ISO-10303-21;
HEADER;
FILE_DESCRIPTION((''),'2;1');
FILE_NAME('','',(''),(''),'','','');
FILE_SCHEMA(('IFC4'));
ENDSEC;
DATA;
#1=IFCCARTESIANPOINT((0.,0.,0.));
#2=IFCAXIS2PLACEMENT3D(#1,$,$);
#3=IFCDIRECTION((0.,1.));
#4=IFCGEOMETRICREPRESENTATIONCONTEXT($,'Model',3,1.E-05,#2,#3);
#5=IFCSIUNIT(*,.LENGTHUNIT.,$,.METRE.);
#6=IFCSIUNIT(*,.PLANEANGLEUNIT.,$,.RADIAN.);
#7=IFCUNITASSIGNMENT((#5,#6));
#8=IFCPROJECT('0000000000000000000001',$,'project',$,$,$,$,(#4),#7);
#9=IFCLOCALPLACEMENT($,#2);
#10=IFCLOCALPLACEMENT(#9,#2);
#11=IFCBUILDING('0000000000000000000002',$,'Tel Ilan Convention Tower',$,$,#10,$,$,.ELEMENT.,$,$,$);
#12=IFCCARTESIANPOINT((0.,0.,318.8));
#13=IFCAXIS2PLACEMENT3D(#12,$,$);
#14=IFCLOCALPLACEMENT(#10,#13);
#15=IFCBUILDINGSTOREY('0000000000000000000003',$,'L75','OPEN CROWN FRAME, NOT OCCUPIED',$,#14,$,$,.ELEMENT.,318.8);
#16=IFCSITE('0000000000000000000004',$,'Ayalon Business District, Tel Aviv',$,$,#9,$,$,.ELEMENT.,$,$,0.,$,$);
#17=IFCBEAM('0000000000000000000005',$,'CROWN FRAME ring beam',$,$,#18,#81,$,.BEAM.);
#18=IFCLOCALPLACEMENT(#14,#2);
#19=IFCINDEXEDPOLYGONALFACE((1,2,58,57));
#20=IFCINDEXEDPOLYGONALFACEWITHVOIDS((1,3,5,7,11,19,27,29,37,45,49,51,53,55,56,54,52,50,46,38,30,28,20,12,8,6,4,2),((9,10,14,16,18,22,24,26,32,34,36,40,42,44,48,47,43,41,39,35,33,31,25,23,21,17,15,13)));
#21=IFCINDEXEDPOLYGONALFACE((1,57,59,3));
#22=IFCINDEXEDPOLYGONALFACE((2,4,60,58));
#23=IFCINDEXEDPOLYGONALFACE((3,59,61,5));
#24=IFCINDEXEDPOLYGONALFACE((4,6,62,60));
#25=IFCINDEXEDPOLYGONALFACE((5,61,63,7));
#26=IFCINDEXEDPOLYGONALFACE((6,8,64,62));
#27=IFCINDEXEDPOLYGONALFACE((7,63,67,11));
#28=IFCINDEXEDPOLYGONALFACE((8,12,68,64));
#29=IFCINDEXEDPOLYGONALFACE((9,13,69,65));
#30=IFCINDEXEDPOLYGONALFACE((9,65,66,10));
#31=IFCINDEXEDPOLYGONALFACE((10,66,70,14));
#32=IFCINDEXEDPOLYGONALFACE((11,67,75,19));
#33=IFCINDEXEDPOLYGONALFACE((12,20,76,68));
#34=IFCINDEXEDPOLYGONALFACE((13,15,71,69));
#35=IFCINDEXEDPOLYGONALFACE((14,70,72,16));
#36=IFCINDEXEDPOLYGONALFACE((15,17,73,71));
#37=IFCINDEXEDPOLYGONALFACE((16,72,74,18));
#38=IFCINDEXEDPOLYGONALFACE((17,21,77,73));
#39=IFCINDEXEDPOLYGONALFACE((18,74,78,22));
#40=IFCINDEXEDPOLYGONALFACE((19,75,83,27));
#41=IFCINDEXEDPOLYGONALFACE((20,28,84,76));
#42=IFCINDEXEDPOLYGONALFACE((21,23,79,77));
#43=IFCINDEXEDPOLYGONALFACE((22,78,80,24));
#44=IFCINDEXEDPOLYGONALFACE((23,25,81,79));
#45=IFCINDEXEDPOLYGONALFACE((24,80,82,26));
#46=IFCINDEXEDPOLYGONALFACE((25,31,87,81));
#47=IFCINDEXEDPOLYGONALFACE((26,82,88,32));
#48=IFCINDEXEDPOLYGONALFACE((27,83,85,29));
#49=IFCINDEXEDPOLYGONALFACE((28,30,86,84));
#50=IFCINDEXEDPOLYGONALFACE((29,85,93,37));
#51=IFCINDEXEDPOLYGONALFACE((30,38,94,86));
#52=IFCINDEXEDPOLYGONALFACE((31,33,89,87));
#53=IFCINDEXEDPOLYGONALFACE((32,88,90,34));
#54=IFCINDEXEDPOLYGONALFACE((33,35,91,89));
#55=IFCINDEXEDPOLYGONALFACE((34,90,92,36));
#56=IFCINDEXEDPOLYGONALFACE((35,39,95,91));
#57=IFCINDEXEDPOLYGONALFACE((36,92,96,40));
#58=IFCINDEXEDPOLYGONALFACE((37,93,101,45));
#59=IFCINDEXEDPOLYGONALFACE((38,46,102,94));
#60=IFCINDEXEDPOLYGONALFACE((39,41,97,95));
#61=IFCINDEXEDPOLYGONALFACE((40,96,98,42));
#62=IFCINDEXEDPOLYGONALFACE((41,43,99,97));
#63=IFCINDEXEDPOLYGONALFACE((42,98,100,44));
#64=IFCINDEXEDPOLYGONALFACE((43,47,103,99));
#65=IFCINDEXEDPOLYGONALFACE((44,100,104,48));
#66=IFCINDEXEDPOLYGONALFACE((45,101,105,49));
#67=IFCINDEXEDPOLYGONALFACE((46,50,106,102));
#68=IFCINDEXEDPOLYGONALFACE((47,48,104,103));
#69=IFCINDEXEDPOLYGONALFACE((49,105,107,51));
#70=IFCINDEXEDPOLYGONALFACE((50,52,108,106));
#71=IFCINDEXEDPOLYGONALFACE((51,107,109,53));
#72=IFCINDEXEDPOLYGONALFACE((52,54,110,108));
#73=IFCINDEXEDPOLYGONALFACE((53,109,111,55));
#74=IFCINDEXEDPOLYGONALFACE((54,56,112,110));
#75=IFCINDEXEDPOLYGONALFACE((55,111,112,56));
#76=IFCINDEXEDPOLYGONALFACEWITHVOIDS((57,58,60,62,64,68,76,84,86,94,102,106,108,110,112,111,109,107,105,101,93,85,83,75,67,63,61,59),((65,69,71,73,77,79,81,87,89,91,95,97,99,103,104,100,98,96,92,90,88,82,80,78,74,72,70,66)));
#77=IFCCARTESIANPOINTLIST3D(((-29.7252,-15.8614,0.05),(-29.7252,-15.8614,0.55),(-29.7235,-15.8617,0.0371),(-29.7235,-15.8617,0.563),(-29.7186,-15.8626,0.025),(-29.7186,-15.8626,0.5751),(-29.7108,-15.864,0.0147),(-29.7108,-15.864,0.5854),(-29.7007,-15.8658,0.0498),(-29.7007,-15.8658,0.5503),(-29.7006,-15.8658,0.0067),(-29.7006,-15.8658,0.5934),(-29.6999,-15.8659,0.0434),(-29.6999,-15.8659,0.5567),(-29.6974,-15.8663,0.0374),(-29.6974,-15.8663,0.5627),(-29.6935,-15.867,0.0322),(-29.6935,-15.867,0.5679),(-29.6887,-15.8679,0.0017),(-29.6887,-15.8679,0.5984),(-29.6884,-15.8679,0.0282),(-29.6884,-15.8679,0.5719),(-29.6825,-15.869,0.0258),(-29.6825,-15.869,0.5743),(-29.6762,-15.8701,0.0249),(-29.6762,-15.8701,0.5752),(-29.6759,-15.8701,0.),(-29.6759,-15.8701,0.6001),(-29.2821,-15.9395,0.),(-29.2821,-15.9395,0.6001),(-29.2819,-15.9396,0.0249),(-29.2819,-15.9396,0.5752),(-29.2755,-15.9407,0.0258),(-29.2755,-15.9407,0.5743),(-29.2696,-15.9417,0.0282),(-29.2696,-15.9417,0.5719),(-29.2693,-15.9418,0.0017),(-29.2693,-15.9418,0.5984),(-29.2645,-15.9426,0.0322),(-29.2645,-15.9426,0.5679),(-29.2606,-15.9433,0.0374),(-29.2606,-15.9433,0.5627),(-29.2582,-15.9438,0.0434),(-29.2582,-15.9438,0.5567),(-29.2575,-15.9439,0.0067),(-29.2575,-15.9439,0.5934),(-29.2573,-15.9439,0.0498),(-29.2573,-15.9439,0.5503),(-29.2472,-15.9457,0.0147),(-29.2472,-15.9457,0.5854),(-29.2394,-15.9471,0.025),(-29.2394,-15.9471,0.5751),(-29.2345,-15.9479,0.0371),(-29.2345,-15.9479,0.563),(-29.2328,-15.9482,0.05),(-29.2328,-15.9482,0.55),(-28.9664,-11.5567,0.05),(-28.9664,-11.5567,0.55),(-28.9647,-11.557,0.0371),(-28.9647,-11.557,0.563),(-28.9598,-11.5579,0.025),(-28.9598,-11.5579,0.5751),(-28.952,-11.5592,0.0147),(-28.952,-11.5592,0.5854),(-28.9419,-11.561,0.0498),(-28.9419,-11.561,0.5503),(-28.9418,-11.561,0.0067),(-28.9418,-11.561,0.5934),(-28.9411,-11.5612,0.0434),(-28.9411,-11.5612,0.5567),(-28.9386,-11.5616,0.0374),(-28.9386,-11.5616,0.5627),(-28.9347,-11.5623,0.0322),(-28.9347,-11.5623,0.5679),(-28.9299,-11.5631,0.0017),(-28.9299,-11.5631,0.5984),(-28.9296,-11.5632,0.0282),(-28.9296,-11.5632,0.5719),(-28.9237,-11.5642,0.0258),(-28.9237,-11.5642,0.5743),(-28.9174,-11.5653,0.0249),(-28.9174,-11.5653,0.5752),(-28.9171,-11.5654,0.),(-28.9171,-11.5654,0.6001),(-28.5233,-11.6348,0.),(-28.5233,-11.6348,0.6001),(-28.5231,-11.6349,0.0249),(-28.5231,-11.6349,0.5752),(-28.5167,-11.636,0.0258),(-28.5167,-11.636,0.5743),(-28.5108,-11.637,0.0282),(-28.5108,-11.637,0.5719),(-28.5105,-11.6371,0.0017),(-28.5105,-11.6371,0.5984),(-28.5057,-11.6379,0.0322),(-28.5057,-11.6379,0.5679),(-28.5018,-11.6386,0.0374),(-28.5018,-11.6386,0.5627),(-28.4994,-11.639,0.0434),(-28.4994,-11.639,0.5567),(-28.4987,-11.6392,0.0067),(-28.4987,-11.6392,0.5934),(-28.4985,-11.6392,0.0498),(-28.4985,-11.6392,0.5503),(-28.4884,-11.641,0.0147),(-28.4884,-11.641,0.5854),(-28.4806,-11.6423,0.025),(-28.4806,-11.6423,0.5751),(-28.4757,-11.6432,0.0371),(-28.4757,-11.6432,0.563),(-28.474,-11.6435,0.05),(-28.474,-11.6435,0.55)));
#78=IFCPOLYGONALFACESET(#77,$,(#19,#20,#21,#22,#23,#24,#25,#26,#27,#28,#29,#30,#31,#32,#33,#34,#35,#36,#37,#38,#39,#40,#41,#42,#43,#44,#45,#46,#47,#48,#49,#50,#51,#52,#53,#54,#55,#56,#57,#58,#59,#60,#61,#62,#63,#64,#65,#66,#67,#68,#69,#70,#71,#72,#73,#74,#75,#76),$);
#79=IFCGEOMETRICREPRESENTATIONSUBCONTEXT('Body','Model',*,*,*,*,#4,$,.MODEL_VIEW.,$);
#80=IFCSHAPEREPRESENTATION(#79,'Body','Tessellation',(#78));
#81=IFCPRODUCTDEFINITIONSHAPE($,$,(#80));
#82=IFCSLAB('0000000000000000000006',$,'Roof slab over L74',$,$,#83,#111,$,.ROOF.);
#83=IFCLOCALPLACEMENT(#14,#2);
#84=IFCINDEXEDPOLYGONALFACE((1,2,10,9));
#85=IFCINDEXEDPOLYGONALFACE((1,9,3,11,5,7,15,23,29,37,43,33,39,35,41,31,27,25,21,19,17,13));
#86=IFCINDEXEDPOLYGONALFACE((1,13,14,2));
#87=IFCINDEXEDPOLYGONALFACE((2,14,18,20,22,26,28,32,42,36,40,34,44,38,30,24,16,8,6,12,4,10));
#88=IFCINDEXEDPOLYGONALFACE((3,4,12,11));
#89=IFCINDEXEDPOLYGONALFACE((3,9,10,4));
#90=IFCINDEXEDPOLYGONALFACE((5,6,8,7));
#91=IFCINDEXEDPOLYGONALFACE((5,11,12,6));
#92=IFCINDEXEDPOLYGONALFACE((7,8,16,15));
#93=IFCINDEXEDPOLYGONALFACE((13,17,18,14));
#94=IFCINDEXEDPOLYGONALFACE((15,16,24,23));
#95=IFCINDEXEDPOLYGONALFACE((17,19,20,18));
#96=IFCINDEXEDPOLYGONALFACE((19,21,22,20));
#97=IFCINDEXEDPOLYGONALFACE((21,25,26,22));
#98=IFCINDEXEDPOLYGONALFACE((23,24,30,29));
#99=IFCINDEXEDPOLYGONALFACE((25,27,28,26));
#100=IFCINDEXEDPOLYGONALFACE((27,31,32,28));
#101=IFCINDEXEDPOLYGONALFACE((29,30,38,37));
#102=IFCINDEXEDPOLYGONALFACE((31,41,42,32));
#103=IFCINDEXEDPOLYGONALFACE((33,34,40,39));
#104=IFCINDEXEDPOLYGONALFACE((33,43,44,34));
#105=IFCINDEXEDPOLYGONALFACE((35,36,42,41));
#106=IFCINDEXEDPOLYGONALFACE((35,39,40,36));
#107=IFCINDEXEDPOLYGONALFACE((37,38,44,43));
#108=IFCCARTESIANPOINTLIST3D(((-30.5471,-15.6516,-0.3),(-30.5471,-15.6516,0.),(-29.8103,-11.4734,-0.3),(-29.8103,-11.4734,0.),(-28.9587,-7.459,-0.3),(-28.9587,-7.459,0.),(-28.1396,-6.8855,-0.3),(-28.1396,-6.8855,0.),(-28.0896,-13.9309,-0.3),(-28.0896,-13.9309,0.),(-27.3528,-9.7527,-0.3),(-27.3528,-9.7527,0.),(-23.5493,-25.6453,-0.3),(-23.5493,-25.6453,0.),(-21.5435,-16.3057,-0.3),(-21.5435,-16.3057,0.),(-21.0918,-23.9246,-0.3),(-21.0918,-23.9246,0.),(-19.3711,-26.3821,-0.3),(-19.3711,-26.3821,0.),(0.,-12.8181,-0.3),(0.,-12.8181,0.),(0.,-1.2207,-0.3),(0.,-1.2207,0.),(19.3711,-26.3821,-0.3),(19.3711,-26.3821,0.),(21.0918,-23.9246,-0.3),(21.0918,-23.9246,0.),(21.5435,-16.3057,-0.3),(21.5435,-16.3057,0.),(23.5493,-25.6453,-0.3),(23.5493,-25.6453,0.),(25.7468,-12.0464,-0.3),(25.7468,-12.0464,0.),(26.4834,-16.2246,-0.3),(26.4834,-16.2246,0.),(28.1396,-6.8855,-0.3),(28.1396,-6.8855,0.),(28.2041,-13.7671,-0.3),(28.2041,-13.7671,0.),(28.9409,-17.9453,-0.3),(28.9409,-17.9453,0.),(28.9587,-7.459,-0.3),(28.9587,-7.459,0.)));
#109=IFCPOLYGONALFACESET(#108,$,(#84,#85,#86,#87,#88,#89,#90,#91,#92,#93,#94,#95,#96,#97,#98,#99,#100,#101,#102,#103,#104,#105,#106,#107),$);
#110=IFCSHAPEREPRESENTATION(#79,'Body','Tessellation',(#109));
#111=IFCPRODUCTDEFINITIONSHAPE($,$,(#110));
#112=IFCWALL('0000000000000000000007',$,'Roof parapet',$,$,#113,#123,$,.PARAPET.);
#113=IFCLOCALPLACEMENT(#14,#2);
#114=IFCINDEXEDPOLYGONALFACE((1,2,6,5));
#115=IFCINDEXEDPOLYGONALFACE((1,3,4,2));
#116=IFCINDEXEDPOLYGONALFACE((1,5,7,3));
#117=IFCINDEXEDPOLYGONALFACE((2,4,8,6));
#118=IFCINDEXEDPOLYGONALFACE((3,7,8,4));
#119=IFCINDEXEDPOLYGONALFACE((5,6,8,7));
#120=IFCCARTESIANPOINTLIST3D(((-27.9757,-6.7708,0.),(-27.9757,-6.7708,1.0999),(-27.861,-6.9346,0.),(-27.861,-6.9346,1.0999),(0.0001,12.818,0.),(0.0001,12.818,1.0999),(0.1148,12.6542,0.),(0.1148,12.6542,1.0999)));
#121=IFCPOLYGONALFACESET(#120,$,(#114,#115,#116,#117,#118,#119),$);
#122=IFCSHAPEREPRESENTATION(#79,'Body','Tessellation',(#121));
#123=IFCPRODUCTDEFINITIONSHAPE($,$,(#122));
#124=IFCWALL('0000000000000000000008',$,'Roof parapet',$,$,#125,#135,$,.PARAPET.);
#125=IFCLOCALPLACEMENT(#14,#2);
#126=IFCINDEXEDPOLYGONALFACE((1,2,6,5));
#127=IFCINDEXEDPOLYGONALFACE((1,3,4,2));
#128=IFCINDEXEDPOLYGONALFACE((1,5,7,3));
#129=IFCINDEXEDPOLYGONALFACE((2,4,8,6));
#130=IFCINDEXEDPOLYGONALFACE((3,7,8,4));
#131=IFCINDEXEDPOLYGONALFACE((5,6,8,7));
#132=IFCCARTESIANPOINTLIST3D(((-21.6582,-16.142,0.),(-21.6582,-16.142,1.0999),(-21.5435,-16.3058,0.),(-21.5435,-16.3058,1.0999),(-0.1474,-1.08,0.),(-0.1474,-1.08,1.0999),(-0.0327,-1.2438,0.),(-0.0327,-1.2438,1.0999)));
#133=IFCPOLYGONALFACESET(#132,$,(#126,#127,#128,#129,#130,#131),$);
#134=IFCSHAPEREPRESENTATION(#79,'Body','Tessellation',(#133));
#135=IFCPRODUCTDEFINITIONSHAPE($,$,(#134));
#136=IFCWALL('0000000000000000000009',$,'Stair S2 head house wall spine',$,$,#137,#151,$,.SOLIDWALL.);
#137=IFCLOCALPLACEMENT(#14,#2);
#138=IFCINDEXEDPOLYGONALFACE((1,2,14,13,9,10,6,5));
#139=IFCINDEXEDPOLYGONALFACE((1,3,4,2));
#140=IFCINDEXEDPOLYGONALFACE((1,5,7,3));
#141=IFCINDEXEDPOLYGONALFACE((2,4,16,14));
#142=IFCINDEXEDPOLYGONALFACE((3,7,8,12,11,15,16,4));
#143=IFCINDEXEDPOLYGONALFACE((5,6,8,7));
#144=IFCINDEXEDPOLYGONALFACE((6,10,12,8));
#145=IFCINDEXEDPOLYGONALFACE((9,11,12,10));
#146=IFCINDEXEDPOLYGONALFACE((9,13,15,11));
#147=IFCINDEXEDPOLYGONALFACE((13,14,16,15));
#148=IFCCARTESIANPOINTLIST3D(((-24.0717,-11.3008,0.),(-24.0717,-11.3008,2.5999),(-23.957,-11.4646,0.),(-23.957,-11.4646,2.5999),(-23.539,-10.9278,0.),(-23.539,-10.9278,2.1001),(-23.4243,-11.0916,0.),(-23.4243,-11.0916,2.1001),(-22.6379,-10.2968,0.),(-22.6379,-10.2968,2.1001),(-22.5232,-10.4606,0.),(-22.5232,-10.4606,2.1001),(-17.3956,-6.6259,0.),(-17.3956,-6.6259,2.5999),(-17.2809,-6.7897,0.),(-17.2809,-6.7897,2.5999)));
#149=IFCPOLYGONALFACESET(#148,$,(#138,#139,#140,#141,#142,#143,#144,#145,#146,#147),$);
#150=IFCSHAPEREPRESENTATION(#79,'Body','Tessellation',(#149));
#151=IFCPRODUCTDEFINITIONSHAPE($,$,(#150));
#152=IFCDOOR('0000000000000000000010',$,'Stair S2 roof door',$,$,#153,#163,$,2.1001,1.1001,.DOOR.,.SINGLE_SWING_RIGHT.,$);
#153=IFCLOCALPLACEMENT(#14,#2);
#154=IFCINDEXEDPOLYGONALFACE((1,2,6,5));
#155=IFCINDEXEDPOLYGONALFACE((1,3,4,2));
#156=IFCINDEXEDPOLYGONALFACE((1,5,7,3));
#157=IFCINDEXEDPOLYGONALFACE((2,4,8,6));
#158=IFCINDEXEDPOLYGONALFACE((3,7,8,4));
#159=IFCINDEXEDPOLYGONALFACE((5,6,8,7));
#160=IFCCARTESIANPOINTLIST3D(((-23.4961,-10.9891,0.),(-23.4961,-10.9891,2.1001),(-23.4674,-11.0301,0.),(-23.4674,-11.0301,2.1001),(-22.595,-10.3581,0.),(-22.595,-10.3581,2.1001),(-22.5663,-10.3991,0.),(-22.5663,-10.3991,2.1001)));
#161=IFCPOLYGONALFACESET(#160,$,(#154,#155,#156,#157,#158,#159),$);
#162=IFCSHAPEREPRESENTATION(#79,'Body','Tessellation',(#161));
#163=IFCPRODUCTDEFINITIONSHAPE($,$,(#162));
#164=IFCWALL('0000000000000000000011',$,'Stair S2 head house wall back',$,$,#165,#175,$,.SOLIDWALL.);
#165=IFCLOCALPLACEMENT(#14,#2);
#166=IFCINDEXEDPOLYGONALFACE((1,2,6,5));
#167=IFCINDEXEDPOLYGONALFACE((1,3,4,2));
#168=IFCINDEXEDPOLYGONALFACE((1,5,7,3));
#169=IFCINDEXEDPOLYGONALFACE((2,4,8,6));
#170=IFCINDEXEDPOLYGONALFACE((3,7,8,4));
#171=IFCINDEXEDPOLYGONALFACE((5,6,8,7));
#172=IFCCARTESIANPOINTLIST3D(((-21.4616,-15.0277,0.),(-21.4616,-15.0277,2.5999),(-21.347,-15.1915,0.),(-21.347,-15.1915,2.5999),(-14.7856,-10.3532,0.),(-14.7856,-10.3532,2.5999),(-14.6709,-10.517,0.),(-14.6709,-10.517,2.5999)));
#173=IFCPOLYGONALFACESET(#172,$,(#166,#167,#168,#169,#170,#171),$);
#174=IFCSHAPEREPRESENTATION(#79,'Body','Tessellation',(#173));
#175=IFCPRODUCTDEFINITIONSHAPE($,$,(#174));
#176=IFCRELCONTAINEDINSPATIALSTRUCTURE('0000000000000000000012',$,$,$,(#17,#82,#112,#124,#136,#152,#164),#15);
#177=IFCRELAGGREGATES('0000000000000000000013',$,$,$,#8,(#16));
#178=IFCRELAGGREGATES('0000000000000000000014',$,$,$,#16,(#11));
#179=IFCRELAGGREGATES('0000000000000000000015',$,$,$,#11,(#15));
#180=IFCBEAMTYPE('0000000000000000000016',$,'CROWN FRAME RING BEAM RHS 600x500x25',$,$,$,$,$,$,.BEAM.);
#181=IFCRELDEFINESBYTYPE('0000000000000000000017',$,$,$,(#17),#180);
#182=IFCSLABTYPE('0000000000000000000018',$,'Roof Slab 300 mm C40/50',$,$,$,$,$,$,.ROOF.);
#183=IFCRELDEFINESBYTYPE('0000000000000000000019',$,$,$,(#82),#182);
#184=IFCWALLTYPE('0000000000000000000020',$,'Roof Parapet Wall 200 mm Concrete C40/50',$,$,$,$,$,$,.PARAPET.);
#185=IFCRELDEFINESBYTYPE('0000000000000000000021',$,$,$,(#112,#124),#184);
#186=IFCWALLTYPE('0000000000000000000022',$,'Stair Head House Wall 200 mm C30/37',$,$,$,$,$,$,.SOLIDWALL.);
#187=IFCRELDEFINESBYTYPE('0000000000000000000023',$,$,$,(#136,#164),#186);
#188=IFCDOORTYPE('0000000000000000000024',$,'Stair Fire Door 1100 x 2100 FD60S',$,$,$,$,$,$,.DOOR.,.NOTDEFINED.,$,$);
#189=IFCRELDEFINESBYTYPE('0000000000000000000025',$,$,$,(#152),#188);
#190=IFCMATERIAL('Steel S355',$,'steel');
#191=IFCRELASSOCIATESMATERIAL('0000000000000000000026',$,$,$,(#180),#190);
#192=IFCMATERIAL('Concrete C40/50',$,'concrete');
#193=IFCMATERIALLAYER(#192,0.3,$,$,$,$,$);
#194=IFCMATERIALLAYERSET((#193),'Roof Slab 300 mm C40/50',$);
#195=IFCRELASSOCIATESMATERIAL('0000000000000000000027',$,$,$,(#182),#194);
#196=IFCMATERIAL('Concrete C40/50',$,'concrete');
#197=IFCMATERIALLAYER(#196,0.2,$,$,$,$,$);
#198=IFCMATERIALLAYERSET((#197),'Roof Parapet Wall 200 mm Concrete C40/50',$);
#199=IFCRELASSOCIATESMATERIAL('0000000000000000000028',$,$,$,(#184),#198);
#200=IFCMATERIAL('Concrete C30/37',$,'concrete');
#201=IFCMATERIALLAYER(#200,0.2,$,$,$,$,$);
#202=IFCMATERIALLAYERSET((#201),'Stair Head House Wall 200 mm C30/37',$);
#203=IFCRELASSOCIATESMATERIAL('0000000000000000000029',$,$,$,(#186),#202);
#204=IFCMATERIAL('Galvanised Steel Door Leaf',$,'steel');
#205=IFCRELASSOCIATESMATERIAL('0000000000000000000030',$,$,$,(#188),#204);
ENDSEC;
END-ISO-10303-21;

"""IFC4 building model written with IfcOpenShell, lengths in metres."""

from ifc_helpers import new_model, si_unit, direction, frame, frame_2d, origin, origin_2d, place, context, subcontext, project, spatial, polyline, rectangle, hollow_rectangle, outline, extrude, material, layer, layer_set, material_profile, profile_set, type_object, element, fill, save


model = new_model("IFC4")

# Units and contexts
model_context = context("Model", 3, precision=1e-05, world=origin(), true_north=direction((0.0, 1.0)))
body_context = subcontext(model_context, "Body", "Model", "MODEL_VIEW")
ifc_project = project(units=[si_unit("LENGTHUNIT", "METRE"), si_unit("PLANEANGLEUNIT", "RADIAN")], contexts=[model_context])

# Site, building, storey
site_placement = place(None, origin())
site = spatial("IfcSite", under=ifc_project, at=site_placement, Name="Ayalon Business District, Tel Aviv", CompositionType="ELEMENT", RefElevation=0.0)
building_placement = place(site_placement, origin())
building = spatial("IfcBuilding", under=site, at=building_placement, Name="Tel Ilan Convention Tower", CompositionType="ELEMENT")
storey_placement = place(building_placement, frame((0.0, 0.0, 318.8)))
storey = spatial("IfcBuildingStorey", under=building, at=storey_placement, Name="L75", Description="OPEN CROWN FRAME, NOT OCCUPIED", CompositionType="ELEMENT", Elevation=318.8)

# Beam
ifc_material_1 = material(Name="Steel S355", Category="steel")
ifc_material_profile_1 = material_profile(ifc_material_1, hollow_rectangle(XDim=0.5, YDim=0.6001, WallThickness=0.0249, InnerFilletRadius=0.0249, OuterFilletRadius=0.05, at=origin_2d()), Name="RHS 600x500x25")
ifc_profile_set_1 = profile_set([ifc_material_profile_1], Name="Steel S355")
beam_type = type_object("IfcBeamType", Name="CROWN FRAME RING BEAM RHS 600x500x25", PredefinedType="BEAM", material=ifc_profile_set_1)
beam_1_placement = place(storey_placement, frame((-28.7202, -11.6001, 0.3), z_axis=(-0.173594, -0.984817, 0.0), x_axis=(0.984817, -0.173594, 0.0)))
element("IfcBeam", 1, at=beam_1_placement, inside=storey, type_object=beam_type, Name="CROWN FRAME ring beam", PredefinedType="BEAM", context=body_context, shape_type="SweptSolid", body=[
    extrude(hollow_rectangle(XDim=0.5, YDim=0.6001, WallThickness=0.0249, InnerFilletRadius=0.0249, OuterFilletRadius=0.05, at=origin_2d()), origin(), (0.0, 0.0, 1.0), 4.3711),
])

# Slab
ifc_material_2 = material(Name="Concrete C40/50", Category="concrete")
ifc_layer_1 = layer(ifc_material_2, 0.3)
ifc_layer_set_1 = layer_set([ifc_layer_1], Name="Roof Slab 300 mm C40/50")
slab_type = type_object("IfcSlabType", Name="Roof Slab 300 mm C40/50", PredefinedType="ROOF", material=ifc_layer_set_1)
slab_placement = place(storey_placement, frame((0.0, 0.0, -0.3)))
element("IfcSlab", 2, at=slab_placement, inside=storey, type_object=slab_type, Name="Roof slab over L74", PredefinedType="ROOF", context=body_context, shape_type="SweptSolid", body=[
    extrude(outline(polyline([(28.9587, -7.459), (25.7468, -12.0464), (28.2041, -13.7671), (26.4834, -16.2246), (28.9409, -17.9453), (23.5493, -25.6453), (21.0918, -23.9246), (19.3711, -26.3821), (0.0, -12.8181), (-19.3711, -26.3821), (-21.0918, -23.9246), (-23.5493, -25.6453), (-30.5471, -15.6516), (-28.0896, -13.9309), (-29.8103, -11.4734), (-27.3528, -9.7527), (-28.9587, -7.459), (-28.1396, -6.8855), (-21.5435, -16.3057), (0.0, -1.2207), (21.5435, -16.3057), (28.1396, -6.8855), (28.9587, -7.459)])), origin(), (0.0, 0.0, 1.0), 0.3),
])

# Walls
ifc_material_3 = material(Name="Concrete C40/50", Category="concrete")
ifc_layer_2 = layer(ifc_material_3, 0.2)
ifc_layer_set_2 = layer_set([ifc_layer_2], Name="Roof Parapet Wall 200 mm Concrete C40/50")
wall_type_1 = type_object("IfcWallType", Name="Roof Parapet Wall 200 mm Concrete C40/50", PredefinedType="PARAPET", material=ifc_layer_set_2)
wall_1_placement = place(storey_placement, frame((-27.9185, -6.8528, 0.0), z_axis=(0.0, 0.0, 1.0), x_axis=(0.819152, 0.573576, 0.0)))
element("IfcWall", 3, at=wall_1_placement, inside=storey, type_object=wall_type_1, Name="Roof parapet", PredefinedType="PARAPET", context=body_context, shape_type="SweptSolid", body=[
    extrude(rectangle(XDim=34.1521, YDim=0.2, at=frame_2d((17.0762, 0.0))), origin(), (0.0, 0.0, 1.0), 1.0999),
])
wall_2_placement = place(storey_placement, frame((-0.0901, -1.1619, 0.0), z_axis=(0.0, 0.0, 1.0), x_axis=(-0.819152, -0.573577, 0.0)))
element("IfcWall", 4, at=wall_2_placement, inside=storey, type_object=wall_type_1, Name="Roof parapet", PredefinedType="PARAPET", context=body_context, shape_type="SweptSolid", body=[
    extrude(rectangle(XDim=26.2598, YDim=0.2, at=frame_2d((13.1299, 0.0))), origin(), (0.0, 0.0, 1.0), 1.0999),
])

# Wall, opening, door
ifc_material_4 = material(Name="Concrete C30/37", Category="concrete")
ifc_layer_3 = layer(ifc_material_4, 0.2)
ifc_layer_set_3 = layer_set([ifc_layer_3], Name="Stair Head House Wall 200 mm C30/37")
wall_type_2 = type_object("IfcWallType", Name="Stair Head House Wall 200 mm C30/37", PredefinedType="SOLIDWALL", material=ifc_layer_set_3)
wall_3_placement = place(storey_placement, frame((-17.3381, -6.7078, 0.0), z_axis=(0.0, 0.0, 1.0), x_axis=(-0.81914, -0.573593, 0.0)))
wall_3 = element("IfcWall", 5, at=wall_3_placement, inside=storey, type_object=wall_type_2, Name="Stair S2 head house wall spine", PredefinedType="SOLIDWALL", context=body_context, shape_type="SweptSolid", body=[
    extrude(rectangle(XDim=8.1501, YDim=0.2, at=frame_2d((4.0752, 0.0))), origin(), (0.0, 0.0, 1.0), 2.5999),
])
opening_placement = place(wall_3_placement, frame((6.3999, 0.0, 0.0)))
opening = element("IfcOpeningElement", 6, at=opening_placement, cuts=wall_3, PredefinedType="OPENING", context=body_context, shape_type="SweptSolid", body=[
    extrude(rectangle(XDim=1.1001, YDim=2.1001, at=frame_2d((0.55, 1.05))), frame((0.0, 0.1099, 0.0), z_axis=(0.0, -1.0, 0.0), x_axis=(1.0, 0.0, 0.0)), (0.0, 0.0, 1.0), 0.22),
])
ifc_material_5 = material(Name="Galvanised Steel Door Leaf", Category="steel")
door_type = type_object("IfcDoorType", Name="Stair Fire Door 1100 x 2100 FD60S", OperationType="NOTDEFINED", PredefinedType="DOOR", material=ifc_material_5)
door_placement = place(opening_placement, origin())
door = element("IfcDoor", 7, at=door_placement, inside=storey, type_object=door_type, Name="Stair S2 roof door", OperationType="SINGLE_SWING_RIGHT", OverallHeight=2.1001, OverallWidth=1.1001, PredefinedType="DOOR", context=body_context, shape_type="SweptSolid", body=[
    extrude(rectangle(XDim=1.1001, YDim=2.1001, at=frame_2d((0.55, 1.05))), frame((0.0, 0.0249, 0.0), z_axis=(0.0, -1.0, 0.0), x_axis=(1.0, 0.0, 0.0)), (0.0, 0.0, 1.0), 0.05),
])
fill(opening, door)

# Wall
wall_4_placement = place(storey_placement, frame((-14.7283, -10.4351, 0.0), z_axis=(0.0, 0.0, 1.0), x_axis=(-0.819155, -0.573573, 0.0)))
element("IfcWall", 8, at=wall_4_placement, inside=storey, type_object=wall_type_2, Name="Stair S2 head house wall back", PredefinedType="SOLIDWALL", context=body_context, shape_type="SweptSolid", body=[
    extrude(rectangle(XDim=8.1499, YDim=0.2, at=frame_2d((4.075, 0.0))), origin(), (0.0, 0.0, 1.0), 2.5999),
])

save(model, "model.ifc")
